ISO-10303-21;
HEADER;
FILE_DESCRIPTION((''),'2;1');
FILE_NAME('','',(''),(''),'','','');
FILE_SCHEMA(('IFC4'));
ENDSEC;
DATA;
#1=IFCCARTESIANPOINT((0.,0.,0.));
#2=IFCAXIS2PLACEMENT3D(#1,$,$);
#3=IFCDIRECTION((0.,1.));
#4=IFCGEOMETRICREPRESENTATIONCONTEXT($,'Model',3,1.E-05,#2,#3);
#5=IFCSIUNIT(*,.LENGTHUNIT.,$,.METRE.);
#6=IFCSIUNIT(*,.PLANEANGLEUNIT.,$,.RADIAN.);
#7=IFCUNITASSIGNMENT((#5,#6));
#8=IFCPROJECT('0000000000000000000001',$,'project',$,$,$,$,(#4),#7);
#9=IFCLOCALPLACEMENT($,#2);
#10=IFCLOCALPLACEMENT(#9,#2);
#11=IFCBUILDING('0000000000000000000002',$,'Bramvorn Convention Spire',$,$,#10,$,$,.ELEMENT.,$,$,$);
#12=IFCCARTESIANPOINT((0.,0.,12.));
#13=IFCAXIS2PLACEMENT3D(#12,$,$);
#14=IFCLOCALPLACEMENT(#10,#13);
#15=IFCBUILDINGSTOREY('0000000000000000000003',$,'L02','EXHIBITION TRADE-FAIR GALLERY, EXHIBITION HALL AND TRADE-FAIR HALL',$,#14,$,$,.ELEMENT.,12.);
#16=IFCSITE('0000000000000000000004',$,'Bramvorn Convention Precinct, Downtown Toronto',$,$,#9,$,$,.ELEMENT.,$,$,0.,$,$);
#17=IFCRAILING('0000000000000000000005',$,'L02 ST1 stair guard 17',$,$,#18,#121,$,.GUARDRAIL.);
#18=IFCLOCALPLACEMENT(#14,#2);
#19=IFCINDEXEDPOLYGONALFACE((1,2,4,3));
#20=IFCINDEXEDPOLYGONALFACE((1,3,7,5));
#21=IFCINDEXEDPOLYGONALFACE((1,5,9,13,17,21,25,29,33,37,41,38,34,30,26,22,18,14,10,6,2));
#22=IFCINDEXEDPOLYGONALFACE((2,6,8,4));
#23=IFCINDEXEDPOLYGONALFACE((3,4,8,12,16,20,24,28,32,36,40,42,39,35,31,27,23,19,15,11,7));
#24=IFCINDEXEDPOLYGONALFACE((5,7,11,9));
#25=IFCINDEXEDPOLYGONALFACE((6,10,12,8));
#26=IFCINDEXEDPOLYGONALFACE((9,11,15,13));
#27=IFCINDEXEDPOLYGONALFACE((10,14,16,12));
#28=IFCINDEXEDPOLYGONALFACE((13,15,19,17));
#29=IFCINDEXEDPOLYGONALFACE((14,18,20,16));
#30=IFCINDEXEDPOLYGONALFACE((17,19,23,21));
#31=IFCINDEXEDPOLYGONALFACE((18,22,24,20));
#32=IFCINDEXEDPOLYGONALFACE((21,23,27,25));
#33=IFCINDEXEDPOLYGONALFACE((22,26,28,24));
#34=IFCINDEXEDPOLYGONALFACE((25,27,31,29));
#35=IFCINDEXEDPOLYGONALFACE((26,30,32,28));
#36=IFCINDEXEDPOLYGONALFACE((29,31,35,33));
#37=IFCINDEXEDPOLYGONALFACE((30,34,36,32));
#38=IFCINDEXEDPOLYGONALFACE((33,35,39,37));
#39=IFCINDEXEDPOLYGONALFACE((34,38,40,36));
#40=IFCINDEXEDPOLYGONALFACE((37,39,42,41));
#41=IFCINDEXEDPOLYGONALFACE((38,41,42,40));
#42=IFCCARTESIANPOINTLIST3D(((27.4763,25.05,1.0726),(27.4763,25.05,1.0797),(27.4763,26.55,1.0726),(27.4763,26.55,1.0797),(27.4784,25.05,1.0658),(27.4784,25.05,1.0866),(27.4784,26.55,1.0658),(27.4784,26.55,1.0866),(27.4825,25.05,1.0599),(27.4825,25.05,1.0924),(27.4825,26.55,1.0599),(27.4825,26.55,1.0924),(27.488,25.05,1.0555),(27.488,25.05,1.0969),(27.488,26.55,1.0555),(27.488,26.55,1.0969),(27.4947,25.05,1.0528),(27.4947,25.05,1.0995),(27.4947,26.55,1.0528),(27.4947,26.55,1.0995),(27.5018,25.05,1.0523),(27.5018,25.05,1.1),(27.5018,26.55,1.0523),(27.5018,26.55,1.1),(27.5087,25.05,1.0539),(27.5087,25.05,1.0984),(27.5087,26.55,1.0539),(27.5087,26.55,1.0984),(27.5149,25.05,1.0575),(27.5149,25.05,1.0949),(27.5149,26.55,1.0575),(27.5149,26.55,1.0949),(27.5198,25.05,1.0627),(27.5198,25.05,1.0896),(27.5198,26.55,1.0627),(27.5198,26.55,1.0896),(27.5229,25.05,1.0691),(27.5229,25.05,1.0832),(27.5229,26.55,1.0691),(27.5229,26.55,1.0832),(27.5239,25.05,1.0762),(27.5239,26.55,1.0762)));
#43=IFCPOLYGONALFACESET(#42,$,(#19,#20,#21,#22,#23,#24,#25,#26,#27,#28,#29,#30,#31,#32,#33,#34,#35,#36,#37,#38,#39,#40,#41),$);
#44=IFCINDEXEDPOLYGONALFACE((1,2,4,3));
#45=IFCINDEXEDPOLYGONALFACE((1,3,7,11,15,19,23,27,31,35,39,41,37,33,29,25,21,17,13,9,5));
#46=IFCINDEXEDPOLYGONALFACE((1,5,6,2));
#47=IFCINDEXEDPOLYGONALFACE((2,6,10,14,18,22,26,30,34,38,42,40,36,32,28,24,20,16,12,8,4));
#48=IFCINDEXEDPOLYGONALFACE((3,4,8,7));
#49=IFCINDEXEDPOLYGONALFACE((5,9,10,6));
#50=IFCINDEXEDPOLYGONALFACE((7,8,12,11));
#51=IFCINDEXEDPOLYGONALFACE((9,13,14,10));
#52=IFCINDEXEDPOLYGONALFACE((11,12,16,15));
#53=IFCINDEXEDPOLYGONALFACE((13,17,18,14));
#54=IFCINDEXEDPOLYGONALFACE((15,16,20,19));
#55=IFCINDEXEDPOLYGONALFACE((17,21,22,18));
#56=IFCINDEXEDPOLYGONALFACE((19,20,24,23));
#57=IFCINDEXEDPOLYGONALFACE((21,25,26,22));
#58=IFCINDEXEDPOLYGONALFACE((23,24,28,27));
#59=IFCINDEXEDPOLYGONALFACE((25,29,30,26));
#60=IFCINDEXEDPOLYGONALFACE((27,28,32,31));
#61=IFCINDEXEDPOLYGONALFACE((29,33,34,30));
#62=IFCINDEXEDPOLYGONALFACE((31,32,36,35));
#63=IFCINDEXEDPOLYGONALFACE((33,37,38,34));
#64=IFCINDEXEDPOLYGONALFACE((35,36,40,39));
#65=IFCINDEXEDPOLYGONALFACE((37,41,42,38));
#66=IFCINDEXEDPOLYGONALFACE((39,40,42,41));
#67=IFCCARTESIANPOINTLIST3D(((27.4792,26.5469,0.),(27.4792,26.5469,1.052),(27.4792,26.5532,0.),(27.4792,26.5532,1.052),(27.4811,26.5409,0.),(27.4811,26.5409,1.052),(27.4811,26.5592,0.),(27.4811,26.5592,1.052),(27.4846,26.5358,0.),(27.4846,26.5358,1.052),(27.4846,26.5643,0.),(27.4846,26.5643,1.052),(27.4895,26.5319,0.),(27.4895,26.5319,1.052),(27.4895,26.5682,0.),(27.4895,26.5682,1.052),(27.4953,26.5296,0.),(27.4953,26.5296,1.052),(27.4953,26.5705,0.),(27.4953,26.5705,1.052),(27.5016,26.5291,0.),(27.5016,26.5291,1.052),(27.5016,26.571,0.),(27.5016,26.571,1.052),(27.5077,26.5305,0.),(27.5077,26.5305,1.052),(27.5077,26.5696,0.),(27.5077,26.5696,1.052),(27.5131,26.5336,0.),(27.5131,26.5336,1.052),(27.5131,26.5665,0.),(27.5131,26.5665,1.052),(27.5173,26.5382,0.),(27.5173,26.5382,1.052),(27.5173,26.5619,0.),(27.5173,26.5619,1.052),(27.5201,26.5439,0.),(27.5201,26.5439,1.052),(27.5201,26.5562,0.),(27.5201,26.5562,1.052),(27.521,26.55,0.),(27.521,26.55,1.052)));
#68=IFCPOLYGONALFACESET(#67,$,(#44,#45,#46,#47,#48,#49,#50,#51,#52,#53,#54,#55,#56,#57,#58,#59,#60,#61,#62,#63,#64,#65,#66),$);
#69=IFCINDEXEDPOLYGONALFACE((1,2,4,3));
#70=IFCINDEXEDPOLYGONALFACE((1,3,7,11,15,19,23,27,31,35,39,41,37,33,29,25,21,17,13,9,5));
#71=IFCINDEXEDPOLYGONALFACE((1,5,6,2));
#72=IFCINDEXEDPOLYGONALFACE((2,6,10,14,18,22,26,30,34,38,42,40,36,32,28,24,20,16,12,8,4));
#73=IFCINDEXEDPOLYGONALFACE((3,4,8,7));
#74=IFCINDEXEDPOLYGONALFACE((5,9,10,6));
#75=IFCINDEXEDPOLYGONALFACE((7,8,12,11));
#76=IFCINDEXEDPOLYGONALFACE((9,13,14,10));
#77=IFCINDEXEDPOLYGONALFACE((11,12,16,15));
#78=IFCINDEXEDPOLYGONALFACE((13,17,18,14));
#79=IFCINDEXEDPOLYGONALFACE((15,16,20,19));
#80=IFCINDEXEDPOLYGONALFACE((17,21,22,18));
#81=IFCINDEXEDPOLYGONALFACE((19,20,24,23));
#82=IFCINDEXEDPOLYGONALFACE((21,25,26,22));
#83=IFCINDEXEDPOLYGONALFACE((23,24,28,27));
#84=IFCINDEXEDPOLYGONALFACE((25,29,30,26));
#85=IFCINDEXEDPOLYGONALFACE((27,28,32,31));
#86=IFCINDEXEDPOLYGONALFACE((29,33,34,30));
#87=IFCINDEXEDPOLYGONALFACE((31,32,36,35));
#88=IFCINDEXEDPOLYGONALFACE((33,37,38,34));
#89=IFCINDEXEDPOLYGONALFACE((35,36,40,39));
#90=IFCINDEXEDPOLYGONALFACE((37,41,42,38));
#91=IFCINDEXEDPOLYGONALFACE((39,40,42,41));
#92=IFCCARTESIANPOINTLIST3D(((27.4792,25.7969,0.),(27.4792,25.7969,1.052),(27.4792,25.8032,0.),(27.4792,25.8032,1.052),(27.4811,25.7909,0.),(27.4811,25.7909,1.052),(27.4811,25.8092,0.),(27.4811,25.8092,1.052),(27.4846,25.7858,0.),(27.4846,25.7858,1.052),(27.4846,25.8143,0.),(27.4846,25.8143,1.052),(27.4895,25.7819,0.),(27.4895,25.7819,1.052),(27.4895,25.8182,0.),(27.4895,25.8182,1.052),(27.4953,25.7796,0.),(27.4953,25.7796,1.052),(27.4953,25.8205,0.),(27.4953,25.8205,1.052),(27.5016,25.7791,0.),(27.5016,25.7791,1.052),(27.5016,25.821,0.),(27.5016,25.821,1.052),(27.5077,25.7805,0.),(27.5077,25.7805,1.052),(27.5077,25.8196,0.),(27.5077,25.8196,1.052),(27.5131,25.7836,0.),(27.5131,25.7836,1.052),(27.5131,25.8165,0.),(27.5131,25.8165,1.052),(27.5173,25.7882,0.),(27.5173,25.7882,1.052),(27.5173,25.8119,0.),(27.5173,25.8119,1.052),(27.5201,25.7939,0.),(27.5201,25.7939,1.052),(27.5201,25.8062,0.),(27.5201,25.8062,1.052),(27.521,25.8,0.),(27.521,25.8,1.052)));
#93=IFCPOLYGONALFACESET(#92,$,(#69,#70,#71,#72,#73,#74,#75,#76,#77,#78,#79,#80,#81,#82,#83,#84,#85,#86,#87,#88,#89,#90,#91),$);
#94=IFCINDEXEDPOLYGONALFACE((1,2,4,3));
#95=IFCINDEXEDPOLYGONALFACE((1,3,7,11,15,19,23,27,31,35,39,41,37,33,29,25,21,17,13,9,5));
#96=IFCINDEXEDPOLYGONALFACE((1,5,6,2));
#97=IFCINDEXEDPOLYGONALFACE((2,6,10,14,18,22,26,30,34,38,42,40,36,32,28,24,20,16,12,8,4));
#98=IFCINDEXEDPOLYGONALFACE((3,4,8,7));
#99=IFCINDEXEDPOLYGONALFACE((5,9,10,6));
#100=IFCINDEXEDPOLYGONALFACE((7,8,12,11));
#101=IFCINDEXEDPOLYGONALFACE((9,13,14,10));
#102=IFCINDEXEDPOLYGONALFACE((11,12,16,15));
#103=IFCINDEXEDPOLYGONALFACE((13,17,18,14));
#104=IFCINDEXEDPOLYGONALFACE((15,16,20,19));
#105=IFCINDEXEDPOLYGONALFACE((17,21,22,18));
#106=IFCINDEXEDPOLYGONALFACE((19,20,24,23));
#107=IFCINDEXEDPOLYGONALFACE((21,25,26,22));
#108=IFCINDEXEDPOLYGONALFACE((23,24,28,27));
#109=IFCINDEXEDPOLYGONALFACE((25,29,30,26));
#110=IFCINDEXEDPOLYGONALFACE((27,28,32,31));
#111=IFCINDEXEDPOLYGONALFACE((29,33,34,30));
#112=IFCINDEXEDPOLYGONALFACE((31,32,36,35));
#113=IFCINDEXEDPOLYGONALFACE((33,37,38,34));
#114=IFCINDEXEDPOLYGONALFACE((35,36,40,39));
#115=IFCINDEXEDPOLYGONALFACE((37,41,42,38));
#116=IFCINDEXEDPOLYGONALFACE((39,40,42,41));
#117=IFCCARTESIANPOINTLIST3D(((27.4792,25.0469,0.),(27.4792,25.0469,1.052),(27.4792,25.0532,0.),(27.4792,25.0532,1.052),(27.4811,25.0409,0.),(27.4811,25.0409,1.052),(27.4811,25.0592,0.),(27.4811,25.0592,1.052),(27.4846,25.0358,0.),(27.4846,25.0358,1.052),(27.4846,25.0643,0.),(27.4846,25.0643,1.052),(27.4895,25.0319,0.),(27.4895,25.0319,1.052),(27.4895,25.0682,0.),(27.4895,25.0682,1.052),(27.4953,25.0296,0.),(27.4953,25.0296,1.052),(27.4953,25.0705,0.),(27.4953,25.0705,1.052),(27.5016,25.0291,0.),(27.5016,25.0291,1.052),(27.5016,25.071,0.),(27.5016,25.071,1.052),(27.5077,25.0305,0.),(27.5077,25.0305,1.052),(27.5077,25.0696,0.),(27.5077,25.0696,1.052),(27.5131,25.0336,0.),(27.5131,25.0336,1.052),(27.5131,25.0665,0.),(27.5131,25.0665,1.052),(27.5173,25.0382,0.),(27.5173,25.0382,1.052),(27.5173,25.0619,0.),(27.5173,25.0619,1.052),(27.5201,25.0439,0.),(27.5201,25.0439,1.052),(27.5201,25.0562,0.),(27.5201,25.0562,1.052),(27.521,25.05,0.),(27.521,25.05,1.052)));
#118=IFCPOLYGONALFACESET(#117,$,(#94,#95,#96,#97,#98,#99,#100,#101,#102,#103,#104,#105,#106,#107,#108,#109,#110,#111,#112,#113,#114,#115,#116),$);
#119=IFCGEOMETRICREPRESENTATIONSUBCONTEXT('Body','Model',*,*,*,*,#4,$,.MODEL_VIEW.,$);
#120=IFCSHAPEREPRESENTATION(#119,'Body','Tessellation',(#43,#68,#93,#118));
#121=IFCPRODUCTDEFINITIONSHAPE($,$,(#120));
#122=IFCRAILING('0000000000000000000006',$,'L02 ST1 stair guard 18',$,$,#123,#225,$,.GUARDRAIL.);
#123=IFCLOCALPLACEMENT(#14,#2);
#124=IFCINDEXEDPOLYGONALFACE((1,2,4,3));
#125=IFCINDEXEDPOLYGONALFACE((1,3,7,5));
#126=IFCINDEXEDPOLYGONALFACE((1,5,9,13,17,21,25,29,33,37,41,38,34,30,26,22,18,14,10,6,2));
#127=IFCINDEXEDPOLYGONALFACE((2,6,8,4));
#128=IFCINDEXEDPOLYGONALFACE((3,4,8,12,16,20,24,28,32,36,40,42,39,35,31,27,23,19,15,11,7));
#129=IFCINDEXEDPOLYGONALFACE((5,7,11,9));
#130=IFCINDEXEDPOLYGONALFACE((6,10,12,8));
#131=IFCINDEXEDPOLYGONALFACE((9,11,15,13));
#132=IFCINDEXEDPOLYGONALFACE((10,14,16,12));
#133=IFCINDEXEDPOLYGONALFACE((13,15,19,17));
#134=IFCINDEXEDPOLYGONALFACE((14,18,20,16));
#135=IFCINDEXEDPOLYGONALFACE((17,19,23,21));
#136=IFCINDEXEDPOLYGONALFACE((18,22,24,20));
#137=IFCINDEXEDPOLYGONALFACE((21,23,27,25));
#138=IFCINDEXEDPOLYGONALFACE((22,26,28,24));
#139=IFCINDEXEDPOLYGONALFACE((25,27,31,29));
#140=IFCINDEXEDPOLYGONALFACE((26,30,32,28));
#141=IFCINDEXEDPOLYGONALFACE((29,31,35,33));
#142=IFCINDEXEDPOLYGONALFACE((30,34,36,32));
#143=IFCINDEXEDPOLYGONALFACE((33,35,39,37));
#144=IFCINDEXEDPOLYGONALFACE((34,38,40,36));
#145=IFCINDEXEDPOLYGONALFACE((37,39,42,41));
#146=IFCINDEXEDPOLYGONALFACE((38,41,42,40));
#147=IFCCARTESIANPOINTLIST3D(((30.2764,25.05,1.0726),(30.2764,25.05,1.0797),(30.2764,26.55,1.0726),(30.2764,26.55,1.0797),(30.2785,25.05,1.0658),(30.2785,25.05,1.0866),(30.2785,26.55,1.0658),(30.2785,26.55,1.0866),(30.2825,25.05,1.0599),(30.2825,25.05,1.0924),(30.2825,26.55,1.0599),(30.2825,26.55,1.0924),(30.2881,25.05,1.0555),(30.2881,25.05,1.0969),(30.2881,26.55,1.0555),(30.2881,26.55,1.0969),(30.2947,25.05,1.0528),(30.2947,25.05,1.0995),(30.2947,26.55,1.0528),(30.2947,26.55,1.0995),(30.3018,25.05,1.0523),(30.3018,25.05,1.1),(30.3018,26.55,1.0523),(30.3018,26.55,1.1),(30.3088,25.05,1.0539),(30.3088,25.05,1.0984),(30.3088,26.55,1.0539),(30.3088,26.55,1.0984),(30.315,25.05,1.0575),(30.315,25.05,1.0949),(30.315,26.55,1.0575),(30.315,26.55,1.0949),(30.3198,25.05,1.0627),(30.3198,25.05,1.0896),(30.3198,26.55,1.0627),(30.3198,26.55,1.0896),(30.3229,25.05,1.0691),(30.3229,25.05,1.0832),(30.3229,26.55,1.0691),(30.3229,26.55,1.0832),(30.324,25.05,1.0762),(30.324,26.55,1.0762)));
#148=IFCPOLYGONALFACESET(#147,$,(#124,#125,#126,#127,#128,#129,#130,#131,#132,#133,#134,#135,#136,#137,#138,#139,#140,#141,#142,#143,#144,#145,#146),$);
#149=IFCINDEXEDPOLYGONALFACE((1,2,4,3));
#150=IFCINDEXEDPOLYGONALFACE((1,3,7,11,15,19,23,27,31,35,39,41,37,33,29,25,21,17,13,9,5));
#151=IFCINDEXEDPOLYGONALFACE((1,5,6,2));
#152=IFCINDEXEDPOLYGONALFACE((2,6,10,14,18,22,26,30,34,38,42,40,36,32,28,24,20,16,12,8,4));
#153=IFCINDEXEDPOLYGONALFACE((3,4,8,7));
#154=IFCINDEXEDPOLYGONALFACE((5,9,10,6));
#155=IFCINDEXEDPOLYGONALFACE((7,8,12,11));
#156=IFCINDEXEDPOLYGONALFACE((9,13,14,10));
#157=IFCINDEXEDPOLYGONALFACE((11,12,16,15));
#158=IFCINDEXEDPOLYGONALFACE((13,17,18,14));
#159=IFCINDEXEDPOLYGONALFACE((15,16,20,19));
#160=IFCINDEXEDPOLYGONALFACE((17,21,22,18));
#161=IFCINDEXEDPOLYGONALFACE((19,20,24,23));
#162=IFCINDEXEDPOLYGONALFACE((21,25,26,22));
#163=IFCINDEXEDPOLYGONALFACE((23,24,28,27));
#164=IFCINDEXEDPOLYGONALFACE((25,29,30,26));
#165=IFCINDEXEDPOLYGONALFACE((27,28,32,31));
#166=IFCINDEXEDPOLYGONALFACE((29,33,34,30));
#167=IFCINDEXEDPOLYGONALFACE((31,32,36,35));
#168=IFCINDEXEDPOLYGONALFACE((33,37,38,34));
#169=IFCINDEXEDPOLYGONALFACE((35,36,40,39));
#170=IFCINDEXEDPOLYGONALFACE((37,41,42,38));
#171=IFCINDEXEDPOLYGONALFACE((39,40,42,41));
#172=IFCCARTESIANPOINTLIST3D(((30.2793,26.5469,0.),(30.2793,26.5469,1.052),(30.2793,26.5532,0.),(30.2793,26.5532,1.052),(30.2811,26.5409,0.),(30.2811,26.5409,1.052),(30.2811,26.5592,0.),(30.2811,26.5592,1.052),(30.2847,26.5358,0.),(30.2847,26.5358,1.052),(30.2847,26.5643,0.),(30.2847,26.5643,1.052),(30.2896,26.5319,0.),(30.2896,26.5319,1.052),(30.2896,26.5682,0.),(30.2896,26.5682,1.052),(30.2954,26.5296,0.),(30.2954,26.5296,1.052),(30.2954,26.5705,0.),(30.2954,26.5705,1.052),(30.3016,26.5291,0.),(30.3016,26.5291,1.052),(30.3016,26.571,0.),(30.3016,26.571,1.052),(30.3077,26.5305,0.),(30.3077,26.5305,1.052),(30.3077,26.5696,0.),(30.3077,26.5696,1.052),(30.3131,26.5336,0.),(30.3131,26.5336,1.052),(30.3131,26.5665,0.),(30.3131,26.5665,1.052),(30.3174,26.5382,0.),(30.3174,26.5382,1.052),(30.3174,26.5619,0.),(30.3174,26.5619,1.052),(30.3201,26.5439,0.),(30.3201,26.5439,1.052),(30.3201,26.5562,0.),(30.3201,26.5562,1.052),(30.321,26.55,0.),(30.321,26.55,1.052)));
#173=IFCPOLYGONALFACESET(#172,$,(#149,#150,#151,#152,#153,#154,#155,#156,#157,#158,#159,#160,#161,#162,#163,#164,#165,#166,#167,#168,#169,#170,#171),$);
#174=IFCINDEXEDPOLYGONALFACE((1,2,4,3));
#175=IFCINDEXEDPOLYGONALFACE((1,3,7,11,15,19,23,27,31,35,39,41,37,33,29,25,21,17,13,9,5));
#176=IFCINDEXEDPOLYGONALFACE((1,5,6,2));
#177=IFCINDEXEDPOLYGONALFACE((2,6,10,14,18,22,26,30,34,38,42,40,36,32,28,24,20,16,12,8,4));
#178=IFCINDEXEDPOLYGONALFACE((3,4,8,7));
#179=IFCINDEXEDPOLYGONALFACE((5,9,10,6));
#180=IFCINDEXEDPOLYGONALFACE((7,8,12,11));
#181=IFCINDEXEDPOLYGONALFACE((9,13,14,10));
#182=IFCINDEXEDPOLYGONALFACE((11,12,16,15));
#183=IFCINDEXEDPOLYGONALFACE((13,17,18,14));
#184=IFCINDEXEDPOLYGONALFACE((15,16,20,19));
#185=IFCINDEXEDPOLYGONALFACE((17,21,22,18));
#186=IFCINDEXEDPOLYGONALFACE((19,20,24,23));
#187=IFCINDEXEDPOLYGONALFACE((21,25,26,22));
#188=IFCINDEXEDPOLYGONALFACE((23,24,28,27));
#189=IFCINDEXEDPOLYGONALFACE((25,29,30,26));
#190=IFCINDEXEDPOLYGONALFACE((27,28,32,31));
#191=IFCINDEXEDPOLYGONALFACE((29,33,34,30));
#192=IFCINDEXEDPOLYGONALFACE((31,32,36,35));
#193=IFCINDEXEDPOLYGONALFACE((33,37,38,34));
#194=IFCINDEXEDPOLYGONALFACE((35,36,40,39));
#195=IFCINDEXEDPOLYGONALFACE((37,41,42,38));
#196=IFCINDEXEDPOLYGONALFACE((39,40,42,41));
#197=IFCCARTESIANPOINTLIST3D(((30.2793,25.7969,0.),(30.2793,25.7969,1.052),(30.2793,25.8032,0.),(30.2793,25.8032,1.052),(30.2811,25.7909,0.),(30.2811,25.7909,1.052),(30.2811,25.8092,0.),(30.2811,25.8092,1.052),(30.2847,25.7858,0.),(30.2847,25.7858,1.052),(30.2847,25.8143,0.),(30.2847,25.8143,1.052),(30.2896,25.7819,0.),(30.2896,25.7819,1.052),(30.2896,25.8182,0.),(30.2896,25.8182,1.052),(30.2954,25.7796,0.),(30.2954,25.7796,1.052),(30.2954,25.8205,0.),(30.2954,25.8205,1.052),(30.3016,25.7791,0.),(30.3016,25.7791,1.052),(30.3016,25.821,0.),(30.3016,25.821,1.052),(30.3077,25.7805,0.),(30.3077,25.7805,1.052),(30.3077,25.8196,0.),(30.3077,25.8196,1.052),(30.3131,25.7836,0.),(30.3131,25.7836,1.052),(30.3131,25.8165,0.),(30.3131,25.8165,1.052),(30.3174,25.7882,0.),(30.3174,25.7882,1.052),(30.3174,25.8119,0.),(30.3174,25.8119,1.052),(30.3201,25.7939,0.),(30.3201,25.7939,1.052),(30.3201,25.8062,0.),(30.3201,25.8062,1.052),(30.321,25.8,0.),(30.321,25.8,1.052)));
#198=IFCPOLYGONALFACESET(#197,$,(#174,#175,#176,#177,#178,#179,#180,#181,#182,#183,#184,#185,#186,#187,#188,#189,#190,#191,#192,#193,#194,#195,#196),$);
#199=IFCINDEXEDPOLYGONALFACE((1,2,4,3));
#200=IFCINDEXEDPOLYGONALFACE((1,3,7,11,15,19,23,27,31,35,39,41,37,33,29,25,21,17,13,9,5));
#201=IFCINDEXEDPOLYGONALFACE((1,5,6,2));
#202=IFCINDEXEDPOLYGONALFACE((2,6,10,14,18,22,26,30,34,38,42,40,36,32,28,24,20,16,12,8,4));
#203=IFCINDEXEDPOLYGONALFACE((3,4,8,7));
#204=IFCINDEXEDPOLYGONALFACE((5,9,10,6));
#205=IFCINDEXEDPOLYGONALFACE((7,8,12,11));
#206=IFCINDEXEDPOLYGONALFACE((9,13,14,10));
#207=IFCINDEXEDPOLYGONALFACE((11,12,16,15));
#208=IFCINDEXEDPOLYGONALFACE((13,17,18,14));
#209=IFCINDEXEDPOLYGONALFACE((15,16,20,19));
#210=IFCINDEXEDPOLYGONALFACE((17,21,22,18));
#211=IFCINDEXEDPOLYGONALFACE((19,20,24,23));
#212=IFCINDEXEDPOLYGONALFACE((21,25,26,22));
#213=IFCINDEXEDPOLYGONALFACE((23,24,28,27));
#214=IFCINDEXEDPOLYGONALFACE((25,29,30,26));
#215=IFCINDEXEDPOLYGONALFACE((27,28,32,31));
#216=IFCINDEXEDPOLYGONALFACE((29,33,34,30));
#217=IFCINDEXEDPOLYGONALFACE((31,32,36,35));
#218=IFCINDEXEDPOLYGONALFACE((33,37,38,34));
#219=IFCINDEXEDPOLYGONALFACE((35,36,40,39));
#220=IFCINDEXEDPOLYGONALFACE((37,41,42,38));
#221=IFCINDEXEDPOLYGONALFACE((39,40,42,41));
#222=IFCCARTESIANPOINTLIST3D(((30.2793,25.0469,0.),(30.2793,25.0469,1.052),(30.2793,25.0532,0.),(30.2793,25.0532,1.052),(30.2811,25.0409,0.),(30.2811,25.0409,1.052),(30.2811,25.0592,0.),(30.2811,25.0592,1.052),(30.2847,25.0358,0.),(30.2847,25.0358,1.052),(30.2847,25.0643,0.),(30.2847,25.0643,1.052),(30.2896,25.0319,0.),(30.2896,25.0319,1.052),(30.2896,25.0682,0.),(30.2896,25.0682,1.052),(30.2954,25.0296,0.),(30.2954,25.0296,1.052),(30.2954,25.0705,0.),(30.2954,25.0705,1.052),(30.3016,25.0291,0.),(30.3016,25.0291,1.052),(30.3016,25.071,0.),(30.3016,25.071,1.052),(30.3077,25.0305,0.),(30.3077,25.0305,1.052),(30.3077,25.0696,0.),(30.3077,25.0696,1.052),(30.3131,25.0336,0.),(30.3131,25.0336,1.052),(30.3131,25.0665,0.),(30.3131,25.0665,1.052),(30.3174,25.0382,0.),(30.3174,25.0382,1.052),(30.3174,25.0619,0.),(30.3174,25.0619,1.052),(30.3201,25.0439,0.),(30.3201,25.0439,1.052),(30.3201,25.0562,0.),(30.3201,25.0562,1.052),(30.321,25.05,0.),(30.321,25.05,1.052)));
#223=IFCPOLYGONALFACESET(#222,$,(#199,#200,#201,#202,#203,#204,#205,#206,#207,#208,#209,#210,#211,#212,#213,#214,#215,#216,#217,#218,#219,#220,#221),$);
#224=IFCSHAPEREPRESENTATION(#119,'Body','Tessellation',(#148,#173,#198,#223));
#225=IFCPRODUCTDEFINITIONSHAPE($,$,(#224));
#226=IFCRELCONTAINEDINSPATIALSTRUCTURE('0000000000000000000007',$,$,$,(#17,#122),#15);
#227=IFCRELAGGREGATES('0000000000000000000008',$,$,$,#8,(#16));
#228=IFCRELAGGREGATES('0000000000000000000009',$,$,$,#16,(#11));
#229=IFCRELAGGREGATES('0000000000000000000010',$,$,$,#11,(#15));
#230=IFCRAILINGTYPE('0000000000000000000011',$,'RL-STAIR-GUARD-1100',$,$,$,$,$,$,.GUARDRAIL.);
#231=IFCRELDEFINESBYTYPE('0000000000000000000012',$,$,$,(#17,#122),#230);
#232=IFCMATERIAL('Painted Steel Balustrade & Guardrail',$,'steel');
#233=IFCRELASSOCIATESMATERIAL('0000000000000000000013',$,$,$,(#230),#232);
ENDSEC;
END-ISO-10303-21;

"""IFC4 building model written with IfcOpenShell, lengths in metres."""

from ifc_helpers import new_model, si_unit, direction, frame, origin, origin_2d, place, context, subcontext, project, spatial, circle, extrude, material, type_object, element, save


model = new_model("IFC4")

# Units and contexts
model_context = context("Model", 3, precision=1e-05, world=origin(), true_north=direction((0.0, 1.0)))
body_context = subcontext(model_context, "Body", "Model", "MODEL_VIEW")
ifc_project = project(units=[si_unit("LENGTHUNIT", "METRE"), si_unit("PLANEANGLEUNIT", "RADIAN")], contexts=[model_context])

# Site, building, storey
site_placement = place(None, origin())
site = spatial("IfcSite", under=ifc_project, at=site_placement, Name="Bramvorn Convention Precinct, Downtown Toronto", CompositionType="ELEMENT", RefElevation=0.0)
building_placement = place(site_placement, origin())
building = spatial("IfcBuilding", under=site, at=building_placement, Name="Bramvorn Convention Spire", CompositionType="ELEMENT")
storey_placement = place(building_placement, frame((0.0, 0.0, 12.0)))
storey = spatial("IfcBuildingStorey", under=building, at=storey_placement, Name="L02", Description="EXHIBITION TRADE-FAIR GALLERY, EXHIBITION HALL AND TRADE-FAIR HALL", CompositionType="ELEMENT", Elevation=12.0)

# Railings
ifc_material_1 = material(Name="Painted Steel Balustrade & Guardrail", Category="steel")
railing_type = type_object("IfcRailingType", Name="RL-STAIR-GUARD-1100", PredefinedType="GUARDRAIL", material=ifc_material_1)
for number, where, name in (
    (1, (27.5, 26.55, 0.0), "L02 ST1 stair guard 17"),
    (2, (30.3, 26.55, 0.0), "L02 ST1 stair guard 18"),
):
    element("IfcRailing", number, at=place(storey_placement, frame(where)), inside=storey, type_object=railing_type, Name=name, PredefinedType="GUARDRAIL", context=body_context, shape_type="SweptSolid", body=[
        extrude(circle(Radius=0.0239, at=origin_2d()), frame((0.0, 0.0, 1.0762), z_axis=(0.0, -1.0, 0.0), x_axis=(1.0, 0.0, 0.0)), (0.0, 0.0, 1.0), 1.5),
        extrude(circle(Radius=0.021, at=origin_2d()), origin(), (0.0, 0.0, 1.0), 1.052),
        extrude(circle(Radius=0.021, at=origin_2d()), frame((0.0, -0.75, 0.0)), (0.0, 0.0, 1.0), 1.052),
        extrude(circle(Radius=0.021, at=origin_2d()), frame((0.0, -1.5, 0.0)), (0.0, 0.0, 1.0), 1.052),
    ])

save(model, "model.ifc")
